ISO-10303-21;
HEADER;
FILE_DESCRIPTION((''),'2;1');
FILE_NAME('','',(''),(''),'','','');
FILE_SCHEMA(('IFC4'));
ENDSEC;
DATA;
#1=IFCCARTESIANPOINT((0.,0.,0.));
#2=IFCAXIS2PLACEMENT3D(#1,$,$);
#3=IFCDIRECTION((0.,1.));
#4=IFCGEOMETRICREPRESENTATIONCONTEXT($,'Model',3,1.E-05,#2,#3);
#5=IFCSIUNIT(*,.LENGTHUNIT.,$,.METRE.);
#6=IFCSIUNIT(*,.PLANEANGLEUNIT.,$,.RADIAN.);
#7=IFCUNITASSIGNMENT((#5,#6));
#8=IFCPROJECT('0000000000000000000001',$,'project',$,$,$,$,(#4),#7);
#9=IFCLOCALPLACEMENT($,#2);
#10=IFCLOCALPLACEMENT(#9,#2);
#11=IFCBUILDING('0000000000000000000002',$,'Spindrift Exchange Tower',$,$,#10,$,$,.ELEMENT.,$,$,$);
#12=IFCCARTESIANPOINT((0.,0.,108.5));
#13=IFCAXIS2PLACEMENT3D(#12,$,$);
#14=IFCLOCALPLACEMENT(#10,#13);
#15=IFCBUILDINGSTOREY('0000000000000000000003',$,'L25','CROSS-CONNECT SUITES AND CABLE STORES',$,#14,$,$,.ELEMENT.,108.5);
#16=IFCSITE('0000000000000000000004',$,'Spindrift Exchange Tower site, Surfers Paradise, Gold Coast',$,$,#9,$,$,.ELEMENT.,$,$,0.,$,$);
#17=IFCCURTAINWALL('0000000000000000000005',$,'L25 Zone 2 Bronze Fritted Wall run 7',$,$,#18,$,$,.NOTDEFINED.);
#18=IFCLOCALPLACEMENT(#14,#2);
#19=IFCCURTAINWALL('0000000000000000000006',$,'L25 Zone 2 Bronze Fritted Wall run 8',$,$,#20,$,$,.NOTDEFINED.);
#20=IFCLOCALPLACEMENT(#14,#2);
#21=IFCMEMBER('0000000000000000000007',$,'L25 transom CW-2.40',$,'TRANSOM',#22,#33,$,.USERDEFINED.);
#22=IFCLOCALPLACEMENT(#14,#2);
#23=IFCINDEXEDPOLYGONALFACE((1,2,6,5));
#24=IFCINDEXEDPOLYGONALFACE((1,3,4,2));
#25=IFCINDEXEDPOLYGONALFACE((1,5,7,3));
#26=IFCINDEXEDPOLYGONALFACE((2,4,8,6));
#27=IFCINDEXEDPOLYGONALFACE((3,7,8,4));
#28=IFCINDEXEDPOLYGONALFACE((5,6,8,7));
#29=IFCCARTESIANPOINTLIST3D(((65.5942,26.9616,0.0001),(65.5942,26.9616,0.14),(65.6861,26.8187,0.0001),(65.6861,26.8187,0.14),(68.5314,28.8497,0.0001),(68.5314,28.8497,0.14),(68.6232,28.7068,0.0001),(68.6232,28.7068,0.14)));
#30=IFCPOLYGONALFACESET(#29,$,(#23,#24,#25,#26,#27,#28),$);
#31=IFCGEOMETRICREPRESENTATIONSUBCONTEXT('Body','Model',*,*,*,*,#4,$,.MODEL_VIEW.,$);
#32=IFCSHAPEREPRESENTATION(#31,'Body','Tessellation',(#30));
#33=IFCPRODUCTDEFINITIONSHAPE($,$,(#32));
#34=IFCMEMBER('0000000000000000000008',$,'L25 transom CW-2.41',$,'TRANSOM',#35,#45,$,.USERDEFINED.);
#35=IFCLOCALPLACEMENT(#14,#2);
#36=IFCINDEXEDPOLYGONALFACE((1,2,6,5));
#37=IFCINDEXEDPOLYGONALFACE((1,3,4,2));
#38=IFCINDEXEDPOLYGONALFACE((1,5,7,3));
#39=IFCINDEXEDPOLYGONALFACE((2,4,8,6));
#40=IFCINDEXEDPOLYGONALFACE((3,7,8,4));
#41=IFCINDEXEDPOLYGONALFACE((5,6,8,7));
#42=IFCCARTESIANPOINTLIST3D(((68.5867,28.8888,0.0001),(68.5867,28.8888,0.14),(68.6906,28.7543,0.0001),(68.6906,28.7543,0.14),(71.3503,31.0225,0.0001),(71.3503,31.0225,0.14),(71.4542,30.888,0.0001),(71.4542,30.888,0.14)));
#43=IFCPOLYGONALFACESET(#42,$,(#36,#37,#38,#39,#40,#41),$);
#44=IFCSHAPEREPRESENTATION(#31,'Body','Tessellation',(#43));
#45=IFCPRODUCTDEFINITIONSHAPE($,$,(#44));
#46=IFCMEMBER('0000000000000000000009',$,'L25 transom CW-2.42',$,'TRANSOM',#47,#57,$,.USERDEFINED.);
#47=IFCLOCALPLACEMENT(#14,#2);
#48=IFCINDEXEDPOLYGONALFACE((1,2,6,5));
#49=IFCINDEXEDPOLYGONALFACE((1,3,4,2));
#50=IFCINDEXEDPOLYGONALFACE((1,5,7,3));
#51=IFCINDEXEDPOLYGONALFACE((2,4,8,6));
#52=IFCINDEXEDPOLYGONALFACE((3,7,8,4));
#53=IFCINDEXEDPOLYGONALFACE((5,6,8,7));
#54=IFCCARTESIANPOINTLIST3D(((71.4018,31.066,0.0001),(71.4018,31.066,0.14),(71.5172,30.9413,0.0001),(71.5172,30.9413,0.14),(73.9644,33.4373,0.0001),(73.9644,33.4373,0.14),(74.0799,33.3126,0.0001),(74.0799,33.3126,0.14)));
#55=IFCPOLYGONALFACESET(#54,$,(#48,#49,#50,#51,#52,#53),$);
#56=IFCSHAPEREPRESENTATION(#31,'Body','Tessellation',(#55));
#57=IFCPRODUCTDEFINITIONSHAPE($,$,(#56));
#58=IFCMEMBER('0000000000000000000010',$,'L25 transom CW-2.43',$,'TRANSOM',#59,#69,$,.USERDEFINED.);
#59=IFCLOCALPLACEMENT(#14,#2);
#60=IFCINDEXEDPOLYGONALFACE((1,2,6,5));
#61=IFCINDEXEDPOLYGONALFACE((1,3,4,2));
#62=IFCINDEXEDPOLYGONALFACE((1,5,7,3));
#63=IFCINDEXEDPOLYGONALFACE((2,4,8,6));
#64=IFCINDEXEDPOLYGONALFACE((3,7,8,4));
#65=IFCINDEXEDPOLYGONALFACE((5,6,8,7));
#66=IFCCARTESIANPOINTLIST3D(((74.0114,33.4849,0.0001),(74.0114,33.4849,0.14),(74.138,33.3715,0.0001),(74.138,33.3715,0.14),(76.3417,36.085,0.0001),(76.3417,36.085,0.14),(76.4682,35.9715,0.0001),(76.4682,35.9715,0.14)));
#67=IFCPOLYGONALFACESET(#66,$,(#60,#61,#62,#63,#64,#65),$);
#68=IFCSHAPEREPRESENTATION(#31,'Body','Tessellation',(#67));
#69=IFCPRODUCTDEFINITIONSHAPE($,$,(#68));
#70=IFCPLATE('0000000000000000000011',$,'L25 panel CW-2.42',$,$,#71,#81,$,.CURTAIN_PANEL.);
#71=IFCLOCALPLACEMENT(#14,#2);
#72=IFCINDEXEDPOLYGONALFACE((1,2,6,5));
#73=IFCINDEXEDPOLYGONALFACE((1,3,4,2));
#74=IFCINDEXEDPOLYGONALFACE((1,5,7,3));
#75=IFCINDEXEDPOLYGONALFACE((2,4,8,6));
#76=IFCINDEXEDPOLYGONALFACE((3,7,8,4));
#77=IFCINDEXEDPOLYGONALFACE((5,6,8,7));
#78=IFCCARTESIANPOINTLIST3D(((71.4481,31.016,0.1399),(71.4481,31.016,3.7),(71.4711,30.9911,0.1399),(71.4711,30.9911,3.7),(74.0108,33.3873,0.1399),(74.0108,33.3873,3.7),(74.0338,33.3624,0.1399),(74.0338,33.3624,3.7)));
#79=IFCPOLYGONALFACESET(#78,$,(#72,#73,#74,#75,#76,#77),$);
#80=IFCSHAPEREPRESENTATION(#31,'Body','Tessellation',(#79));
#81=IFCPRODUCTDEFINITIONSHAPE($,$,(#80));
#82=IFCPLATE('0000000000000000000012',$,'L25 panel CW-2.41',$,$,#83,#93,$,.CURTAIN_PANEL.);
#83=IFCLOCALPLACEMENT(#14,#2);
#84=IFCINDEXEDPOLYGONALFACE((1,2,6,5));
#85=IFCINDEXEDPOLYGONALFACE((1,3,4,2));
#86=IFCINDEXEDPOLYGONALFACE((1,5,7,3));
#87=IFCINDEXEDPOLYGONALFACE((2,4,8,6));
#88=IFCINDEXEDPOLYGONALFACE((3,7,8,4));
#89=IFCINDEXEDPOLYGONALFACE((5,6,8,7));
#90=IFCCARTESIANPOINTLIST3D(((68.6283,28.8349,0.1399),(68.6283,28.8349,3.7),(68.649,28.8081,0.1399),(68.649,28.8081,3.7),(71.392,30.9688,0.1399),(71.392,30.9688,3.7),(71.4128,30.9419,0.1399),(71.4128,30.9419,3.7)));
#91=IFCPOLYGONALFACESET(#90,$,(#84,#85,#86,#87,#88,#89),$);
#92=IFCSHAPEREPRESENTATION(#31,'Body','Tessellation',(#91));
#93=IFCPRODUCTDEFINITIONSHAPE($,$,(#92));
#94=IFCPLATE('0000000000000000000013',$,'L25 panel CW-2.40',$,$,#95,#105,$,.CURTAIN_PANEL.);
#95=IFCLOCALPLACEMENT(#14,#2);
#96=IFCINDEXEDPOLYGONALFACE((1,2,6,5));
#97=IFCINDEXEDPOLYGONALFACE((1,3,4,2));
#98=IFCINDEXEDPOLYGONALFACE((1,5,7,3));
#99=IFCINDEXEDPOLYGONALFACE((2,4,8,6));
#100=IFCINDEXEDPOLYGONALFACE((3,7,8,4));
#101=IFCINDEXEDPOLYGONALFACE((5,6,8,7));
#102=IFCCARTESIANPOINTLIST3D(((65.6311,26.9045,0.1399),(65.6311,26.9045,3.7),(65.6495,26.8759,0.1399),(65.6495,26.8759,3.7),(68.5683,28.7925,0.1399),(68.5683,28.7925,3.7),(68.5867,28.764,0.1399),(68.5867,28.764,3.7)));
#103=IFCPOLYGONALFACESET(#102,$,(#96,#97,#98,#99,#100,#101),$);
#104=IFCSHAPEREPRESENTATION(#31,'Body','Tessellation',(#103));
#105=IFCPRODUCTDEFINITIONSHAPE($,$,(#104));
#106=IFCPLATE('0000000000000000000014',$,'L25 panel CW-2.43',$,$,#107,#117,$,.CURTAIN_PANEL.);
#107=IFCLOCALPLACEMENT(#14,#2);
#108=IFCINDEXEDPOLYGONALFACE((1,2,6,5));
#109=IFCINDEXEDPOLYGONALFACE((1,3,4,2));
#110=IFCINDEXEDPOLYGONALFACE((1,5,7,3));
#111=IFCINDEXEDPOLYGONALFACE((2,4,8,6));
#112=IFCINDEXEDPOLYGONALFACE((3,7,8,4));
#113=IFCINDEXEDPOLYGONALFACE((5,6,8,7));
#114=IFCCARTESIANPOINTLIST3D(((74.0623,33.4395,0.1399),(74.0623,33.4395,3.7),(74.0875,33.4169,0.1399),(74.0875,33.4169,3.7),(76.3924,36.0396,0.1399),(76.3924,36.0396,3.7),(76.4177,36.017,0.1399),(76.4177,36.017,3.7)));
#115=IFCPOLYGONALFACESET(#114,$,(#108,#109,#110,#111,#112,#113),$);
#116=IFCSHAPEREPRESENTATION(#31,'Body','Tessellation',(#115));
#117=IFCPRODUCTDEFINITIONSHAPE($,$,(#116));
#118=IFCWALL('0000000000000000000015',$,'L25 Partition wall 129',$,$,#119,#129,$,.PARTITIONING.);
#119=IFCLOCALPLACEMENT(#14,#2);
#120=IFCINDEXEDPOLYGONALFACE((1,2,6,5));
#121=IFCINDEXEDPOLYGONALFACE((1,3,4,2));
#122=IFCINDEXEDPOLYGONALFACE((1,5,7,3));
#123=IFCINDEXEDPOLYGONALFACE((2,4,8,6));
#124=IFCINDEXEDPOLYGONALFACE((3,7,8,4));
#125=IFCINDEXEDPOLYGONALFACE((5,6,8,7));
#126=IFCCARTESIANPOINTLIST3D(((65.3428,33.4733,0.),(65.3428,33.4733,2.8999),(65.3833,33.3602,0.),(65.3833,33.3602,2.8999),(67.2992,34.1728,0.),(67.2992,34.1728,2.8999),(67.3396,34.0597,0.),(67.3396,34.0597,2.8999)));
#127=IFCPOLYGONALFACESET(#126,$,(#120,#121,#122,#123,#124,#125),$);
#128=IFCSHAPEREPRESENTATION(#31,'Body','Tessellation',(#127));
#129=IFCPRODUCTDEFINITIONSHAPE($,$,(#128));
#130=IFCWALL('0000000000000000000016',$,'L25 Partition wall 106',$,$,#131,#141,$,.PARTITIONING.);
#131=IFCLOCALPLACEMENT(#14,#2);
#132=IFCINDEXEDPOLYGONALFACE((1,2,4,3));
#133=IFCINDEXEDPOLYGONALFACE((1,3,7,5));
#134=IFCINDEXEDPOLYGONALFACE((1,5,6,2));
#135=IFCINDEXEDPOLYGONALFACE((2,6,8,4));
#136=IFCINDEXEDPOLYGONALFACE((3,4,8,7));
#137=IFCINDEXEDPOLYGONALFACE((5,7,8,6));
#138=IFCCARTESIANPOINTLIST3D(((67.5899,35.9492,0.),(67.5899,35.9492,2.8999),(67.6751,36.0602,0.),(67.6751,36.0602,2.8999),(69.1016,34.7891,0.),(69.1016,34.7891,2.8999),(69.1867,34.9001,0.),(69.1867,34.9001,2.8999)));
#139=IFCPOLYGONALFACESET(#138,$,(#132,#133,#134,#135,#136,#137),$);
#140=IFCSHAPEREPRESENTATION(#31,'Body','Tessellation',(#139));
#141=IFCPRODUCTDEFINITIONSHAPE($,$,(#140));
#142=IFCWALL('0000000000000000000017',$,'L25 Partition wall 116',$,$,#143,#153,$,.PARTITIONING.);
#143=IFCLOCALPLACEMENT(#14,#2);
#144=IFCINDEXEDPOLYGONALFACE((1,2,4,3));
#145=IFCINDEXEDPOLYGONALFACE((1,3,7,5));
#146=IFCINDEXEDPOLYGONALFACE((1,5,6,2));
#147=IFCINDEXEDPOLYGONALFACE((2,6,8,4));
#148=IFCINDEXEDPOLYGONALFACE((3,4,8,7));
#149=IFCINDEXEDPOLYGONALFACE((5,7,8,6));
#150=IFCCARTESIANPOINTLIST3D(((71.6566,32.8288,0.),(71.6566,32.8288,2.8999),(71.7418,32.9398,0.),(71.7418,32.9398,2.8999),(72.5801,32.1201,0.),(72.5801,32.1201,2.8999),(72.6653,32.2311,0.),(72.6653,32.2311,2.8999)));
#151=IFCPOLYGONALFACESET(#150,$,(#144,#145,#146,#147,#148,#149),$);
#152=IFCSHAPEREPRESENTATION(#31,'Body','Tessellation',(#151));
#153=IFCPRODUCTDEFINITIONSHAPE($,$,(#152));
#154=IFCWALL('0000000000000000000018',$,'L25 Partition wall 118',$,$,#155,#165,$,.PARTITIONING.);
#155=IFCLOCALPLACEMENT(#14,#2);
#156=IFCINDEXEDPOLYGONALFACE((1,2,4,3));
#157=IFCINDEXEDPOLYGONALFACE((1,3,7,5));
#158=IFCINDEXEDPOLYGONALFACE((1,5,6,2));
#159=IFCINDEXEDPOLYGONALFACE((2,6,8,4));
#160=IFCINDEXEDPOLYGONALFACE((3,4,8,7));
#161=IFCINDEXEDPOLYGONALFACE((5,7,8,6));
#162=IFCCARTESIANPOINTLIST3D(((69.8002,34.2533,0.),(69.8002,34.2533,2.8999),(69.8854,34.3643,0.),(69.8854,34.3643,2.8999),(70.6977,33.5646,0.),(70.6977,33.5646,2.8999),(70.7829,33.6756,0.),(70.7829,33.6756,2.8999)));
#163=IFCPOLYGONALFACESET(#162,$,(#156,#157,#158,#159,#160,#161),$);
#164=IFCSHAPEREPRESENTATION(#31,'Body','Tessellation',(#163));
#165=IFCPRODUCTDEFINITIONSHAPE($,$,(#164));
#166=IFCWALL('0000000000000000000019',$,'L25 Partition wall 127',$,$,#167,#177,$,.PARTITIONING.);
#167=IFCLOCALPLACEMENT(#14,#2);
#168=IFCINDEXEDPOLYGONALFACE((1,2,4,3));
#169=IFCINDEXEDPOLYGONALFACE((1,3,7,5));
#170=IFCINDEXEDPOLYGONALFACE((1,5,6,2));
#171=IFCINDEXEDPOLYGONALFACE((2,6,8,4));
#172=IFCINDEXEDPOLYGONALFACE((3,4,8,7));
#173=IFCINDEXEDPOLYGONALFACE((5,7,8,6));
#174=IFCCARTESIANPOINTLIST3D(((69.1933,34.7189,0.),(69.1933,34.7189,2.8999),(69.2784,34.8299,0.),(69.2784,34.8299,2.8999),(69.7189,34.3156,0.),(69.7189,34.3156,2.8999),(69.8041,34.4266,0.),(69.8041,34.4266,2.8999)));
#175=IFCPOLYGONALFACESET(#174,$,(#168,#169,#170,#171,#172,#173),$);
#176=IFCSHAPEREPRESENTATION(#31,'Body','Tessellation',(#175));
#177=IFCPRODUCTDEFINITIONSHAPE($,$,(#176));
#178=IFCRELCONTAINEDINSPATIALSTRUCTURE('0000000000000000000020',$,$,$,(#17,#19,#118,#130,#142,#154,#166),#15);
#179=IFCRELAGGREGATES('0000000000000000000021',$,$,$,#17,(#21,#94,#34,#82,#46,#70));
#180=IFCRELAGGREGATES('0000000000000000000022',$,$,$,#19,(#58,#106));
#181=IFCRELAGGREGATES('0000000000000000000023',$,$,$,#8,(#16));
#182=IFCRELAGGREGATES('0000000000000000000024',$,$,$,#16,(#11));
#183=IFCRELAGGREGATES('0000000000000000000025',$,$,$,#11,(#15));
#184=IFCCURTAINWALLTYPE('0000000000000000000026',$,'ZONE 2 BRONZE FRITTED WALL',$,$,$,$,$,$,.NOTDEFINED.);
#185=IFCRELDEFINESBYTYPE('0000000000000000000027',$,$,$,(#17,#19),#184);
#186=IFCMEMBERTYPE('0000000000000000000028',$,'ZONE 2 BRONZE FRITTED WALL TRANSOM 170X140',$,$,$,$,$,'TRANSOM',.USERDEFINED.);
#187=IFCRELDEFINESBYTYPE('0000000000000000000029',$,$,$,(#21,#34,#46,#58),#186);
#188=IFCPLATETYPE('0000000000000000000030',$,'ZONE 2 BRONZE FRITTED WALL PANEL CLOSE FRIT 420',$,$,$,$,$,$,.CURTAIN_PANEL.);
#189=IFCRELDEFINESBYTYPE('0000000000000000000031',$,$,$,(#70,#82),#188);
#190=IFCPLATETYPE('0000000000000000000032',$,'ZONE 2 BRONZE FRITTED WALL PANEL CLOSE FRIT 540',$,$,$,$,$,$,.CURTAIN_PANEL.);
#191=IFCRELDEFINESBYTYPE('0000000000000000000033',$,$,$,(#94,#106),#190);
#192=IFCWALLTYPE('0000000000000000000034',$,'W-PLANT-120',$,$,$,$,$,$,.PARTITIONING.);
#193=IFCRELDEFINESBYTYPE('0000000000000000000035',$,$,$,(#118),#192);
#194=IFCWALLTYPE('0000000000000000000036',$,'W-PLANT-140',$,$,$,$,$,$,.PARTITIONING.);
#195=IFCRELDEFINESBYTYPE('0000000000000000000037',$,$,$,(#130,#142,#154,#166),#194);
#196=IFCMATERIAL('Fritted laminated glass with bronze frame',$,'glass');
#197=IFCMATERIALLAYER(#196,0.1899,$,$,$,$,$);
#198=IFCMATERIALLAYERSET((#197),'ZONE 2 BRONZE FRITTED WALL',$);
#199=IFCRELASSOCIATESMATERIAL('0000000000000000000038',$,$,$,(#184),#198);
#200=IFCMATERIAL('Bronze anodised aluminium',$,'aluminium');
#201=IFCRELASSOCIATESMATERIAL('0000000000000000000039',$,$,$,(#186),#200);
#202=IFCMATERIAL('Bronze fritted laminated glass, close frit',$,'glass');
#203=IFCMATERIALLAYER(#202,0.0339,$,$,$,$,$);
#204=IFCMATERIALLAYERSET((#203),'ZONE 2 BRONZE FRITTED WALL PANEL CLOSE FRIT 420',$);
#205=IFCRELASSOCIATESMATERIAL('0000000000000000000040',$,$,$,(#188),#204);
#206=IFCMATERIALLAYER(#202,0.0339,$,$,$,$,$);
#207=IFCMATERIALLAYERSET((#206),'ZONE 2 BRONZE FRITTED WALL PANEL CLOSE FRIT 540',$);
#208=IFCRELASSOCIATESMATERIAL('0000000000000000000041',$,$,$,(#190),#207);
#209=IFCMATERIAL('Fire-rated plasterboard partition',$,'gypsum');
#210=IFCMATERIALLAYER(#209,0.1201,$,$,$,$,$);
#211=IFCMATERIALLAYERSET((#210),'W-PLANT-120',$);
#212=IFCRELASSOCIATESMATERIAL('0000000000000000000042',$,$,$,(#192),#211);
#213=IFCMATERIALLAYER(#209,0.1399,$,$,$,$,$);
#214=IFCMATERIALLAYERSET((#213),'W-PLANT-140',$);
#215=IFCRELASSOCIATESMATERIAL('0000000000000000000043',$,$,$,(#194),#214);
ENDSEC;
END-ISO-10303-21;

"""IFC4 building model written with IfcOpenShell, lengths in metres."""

from ifc_helpers import new_model, si_unit, direction, frame, frame_2d, origin, origin_2d, place, context, subcontext, project, spatial, rectangle, extrude, source, transform, mapped, material, layer, layer_set, material_profile, profile_set, type_object, element, aggregate, save


model = new_model("IFC4")

# Units and contexts
model_context = context("Model", 3, precision=1e-05, world=origin(), true_north=direction((0.0, 1.0)))
body_context = subcontext(model_context, "Body", "Model", "MODEL_VIEW")
ifc_project = project(units=[si_unit("LENGTHUNIT", "METRE"), si_unit("PLANEANGLEUNIT", "RADIAN")], contexts=[model_context])

# Site, building, storey
site_placement = place(None, origin())
site = spatial("IfcSite", under=ifc_project, at=site_placement, Name="Spindrift Exchange Tower site, Surfers Paradise, Gold Coast", CompositionType="ELEMENT", RefElevation=0.0)
building_placement = place(site_placement, origin())
building = spatial("IfcBuilding", under=site, at=building_placement, Name="Spindrift Exchange Tower", CompositionType="ELEMENT")
storey_placement = place(building_placement, frame((0.0, 0.0, 108.5)))
storey = spatial("IfcBuildingStorey", under=building, at=storey_placement, Name="L25", Description="CROSS-CONNECT SUITES AND CABLE STORES", CompositionType="ELEMENT", Elevation=108.5)

# Curtain walls
ifc_material_1 = material(Name="Fritted laminated glass with bronze frame", Category="glass")
ifc_layer_1 = layer(ifc_material_1, 0.1899)
ifc_layer_set_1 = layer_set([ifc_layer_1], Name="ZONE 2 BRONZE FRITTED WALL")
curtain_wall_type = type_object("IfcCurtainWallType", Name="ZONE 2 BRONZE FRITTED WALL", PredefinedType="NOTDEFINED", material=ifc_layer_set_1)
curtain_wall_1_placement = place(storey_placement, origin())
curtain_wall_1 = element("IfcCurtainWall", 1, at=curtain_wall_1_placement, inside=storey, type_object=curtain_wall_type, Name="L25 Zone 2 Bronze Fritted Wall run 7", PredefinedType="NOTDEFINED")
ifc_material_2 = material(Name="Bronze anodised aluminium", Category="aluminium")
curtain_wall_2_placement = place(storey_placement, origin())
curtain_wall_2 = element("IfcCurtainWall", 2, at=curtain_wall_2_placement, inside=storey, type_object=curtain_wall_type, Name="L25 Zone 2 Bronze Fritted Wall run 8", PredefinedType="NOTDEFINED")
ifc_material_profile_1 = material_profile(ifc_material_2, rectangle(XDim=0.1699, YDim=0.1399, at=origin_2d()), Name="ZONE 2 BRONZE FRITTED WALL TRANSOM 170X140")
ifc_profile_set_1 = profile_set([ifc_material_profile_1], Name="Bronze anodised aluminium")
member_type_1 = type_object("IfcMemberType", Name="ZONE 2 BRONZE FRITTED WALL TRANSOM 170X140", ElementType="TRANSOM", PredefinedType="USERDEFINED", material=ifc_profile_set_1)

# Members
shared_shape_1 = source(origin(), body_context, "Body", "SweptSolid", [
    extrude(rectangle(XDim=0.1699, YDim=0.1399, at=origin_2d()), origin(), (0.0, 0.0, 1.0), 3.4917),
])
member_1_placement = place(storey_placement, frame((65.6401, 26.8901, 0.0701), z_axis=(0.841185, 0.540747, 0.0), x_axis=(-0.540747, 0.841185, 0.0)))
member_1 = element("IfcMember", 3, at=member_1_placement, type_object=member_type_1, Name="L25 transom CW-2.40", ObjectType="TRANSOM", PredefinedType="USERDEFINED", context=body_context, shape_type="MappedRepresentation", body=[
    mapped(shared_shape_1, transform((0.0, 0.0, 0.0), scale=1.0)),
])
shared_shape_2 = source(origin(), body_context, "Body", "SweptSolid", [
    extrude(rectangle(XDim=0.1699, YDim=0.1399, at=origin_2d()), origin(), (0.0, 0.0, 1.0), 3.4915),
])
member_2_placement = place(storey_placement, frame((68.6387, 28.8215, 0.0701), z_axis=(0.791531, 0.611129, 0.0), x_axis=(-0.611129, 0.791531, 0.0)))
member_2 = element("IfcMember", 4, at=member_2_placement, type_object=member_type_1, Name="L25 transom CW-2.41", ObjectType="TRANSOM", PredefinedType="USERDEFINED", context=body_context, shape_type="MappedRepresentation", body=[
    mapped(shared_shape_2, transform((0.0, 0.0, 0.0), scale=1.0)),
])
member_3_placement = place(storey_placement, frame((71.4595, 31.0037, 0.0701), z_axis=(0.733985, 0.679165, 0.0), x_axis=(-0.679165, 0.733985, 0.0)))
member_3 = element("IfcMember", 5, at=member_3_placement, type_object=member_type_1, Name="L25 transom CW-2.42", ObjectType="TRANSOM", PredefinedType="USERDEFINED", context=body_context, shape_type="MappedRepresentation", body=[
    mapped(shared_shape_2, transform((0.0, 0.0, 0.0), scale=1.0)),
])
member_4_placement = place(storey_placement, frame((74.0747, 33.4282, 0.0701), z_axis=(0.667418, 0.744683, 0.0), x_axis=(-0.744683, 0.667418, 0.0)))
member_4 = element("IfcMember", 6, at=member_4_placement, type_object=member_type_1, Name="L25 transom CW-2.43", ObjectType="TRANSOM", PredefinedType="USERDEFINED", context=body_context, shape_type="MappedRepresentation", body=[
    mapped(shared_shape_2, transform((0.0, 0.0, 0.0), scale=1.0)),
])

# Plates
ifc_material_3 = material(Name="Bronze fritted laminated glass, close frit", Category="glass")
ifc_layer_2 = layer(ifc_material_3, 0.0339)
ifc_layer_set_2 = layer_set([ifc_layer_2], Name="ZONE 2 BRONZE FRITTED WALL PANEL CLOSE FRIT 420")
plate_type_1 = type_object("IfcPlateType", Name="ZONE 2 BRONZE FRITTED WALL PANEL CLOSE FRIT 420", PredefinedType="CURTAIN_PANEL", material=ifc_layer_set_2)
shared_shape_3 = source(origin(), body_context, "Body", "SweptSolid", [
    extrude(rectangle(XDim=3.4915, YDim=0.0339, at=origin_2d()), origin(), (0.0, 0.0, 1.0), 3.5601),
])
plate_1_placement = place(storey_placement, frame((72.741, 32.1892, 0.1399), z_axis=(0.0, 0.0, 1.0), x_axis=(0.733997, 0.679153, 0.0)))
plate_1 = element("IfcPlate", 7, at=plate_1_placement, type_object=plate_type_1, Name="L25 panel CW-2.42", PredefinedType="CURTAIN_PANEL", context=body_context, shape_type="MappedRepresentation", body=[
    mapped(shared_shape_3, transform((0.0, 0.0, 0.0), scale=1.0)),
])
shared_shape_4 = source(origin(), body_context, "Body", "SweptSolid", [
    extrude(rectangle(XDim=3.4917, YDim=0.0339, at=origin_2d()), origin(), (0.0, 0.0, 1.0), 3.5601),
])
plate_2_placement = place(storey_placement, frame((70.0205, 29.8884, 0.1399), z_axis=(0.0, 0.0, 1.0), x_axis=(0.791528, 0.611133, 0.0)))
plate_2 = element("IfcPlate", 8, at=plate_2_placement, type_object=plate_type_1, Name="L25 panel CW-2.41", PredefinedType="CURTAIN_PANEL", context=body_context, shape_type="MappedRepresentation", body=[
    mapped(shared_shape_4, transform((0.0, 0.0, 0.0), scale=1.0)),
])
ifc_layer_3 = layer(ifc_material_3, 0.0339)
ifc_layer_set_3 = layer_set([ifc_layer_3], Name="ZONE 2 BRONZE FRITTED WALL PANEL CLOSE FRIT 540")
plate_type_2 = type_object("IfcPlateType", Name="ZONE 2 BRONZE FRITTED WALL PANEL CLOSE FRIT 540", PredefinedType="CURTAIN_PANEL", material=ifc_layer_set_3)
shared_shape_5 = source(origin(), body_context, "Body", "SweptSolid", [
    extrude(rectangle(XDim=3.4917, YDim=0.0339, at=origin_2d()), origin(), (0.0, 0.0, 1.0), 3.5601),
])
plate_3_placement = place(storey_placement, frame((67.1089, 27.8342, 0.1399), z_axis=(0.0, 0.0, 1.0), x_axis=(0.841199, 0.540725, 0.0)))
plate_3 = element("IfcPlate", 9, at=plate_3_placement, type_object=plate_type_2, Name="L25 panel CW-2.40", PredefinedType="CURTAIN_PANEL", context=body_context, shape_type="MappedRepresentation", body=[
    mapped(shared_shape_5, transform((0.0, 0.0, 0.0), scale=1.0)),
])
aggregate(curtain_wall_1, [member_1, plate_3, member_2, plate_2, member_3, plate_1])
shared_shape_6 = source(origin(), body_context, "Body", "SweptSolid", [
    extrude(rectangle(XDim=3.4915, YDim=0.0339, at=origin_2d()), origin(), (0.0, 0.0, 1.0), 3.5601),
])
plate_4_placement = place(storey_placement, frame((75.24, 34.7283, 0.1399), z_axis=(0.0, 0.0, 1.0), x_axis=(0.667397, 0.744702, 0.0)))
plate_4 = element("IfcPlate", 10, at=plate_4_placement, type_object=plate_type_2, Name="L25 panel CW-2.43", PredefinedType="CURTAIN_PANEL", context=body_context, shape_type="MappedRepresentation", body=[
    mapped(shared_shape_6, transform((0.0, 0.0, 0.0), scale=1.0)),
])
aggregate(curtain_wall_2, [member_4, plate_4])

# Walls
ifc_material_4 = material(Name="Fire-rated plasterboard partition", Category="gypsum")
ifc_layer_4 = layer(ifc_material_4, 0.1201)
ifc_layer_set_4 = layer_set([ifc_layer_4], Name="W-PLANT-120")
wall_type_1 = type_object("IfcWallType", Name="W-PLANT-120", PredefinedType="PARTITIONING", material=ifc_layer_set_4)
wall_1_placement = place(storey_placement, frame((65.363, 33.4167, 0.0), z_axis=(0.0, 0.0, 1.0), x_axis=(0.941622, 0.336671, 0.0)))
element("IfcWall", 11, at=wall_1_placement, inside=storey, type_object=wall_type_1, Name="L25 Partition wall 129", PredefinedType="PARTITIONING", context=body_context, shape_type="SweptSolid", body=[
    extrude(rectangle(XDim=2.0776, YDim=0.1201, at=frame_2d((1.0388, 0.0))), origin(), (0.0, 0.0, 1.0), 2.8999),
])
ifc_layer_5 = layer(ifc_material_4, 0.1399)
ifc_layer_set_5 = layer_set([ifc_layer_5], Name="W-PLANT-140")
wall_type_2 = type_object("IfcWallType", Name="W-PLANT-140", PredefinedType="PARTITIONING", material=ifc_layer_set_5)
wall_2_placement = place(storey_placement, frame((67.6326, 36.0046, 0.0), z_axis=(0.0, 0.0, 1.0), x_axis=(0.793309, -0.608819, 0.0)))
element("IfcWall", 12, at=wall_2_placement, inside=storey, type_object=wall_type_2, Name="L25 Partition wall 106", PredefinedType="PARTITIONING", context=body_context, shape_type="SweptSolid", body=[
    extrude(rectangle(XDim=1.9055, YDim=0.1399, at=frame_2d((0.9526, 0.0))), origin(), (0.0, 0.0, 1.0), 2.8999),
])
wall_3_placement = place(storey_placement, frame((71.6992, 32.8843, 0.0), z_axis=(0.0, 0.0, 1.0), x_axis=(0.793333, -0.608788, 0.0)))
element("IfcWall", 13, at=wall_3_placement, inside=storey, type_object=wall_type_2, Name="L25 Partition wall 116", PredefinedType="PARTITIONING", context=body_context, shape_type="SweptSolid", body=[
    extrude(rectangle(XDim=1.1641, YDim=0.1399, at=frame_2d((0.582, 0.0))), origin(), (0.0, 0.0, 1.0), 2.8999),
])
wall_4_placement = place(storey_placement, frame((69.8428, 34.3088, 0.0), z_axis=(0.0, 0.0, 1.0), x_axis=(0.793321, -0.608803, 0.0)))
element("IfcWall", 14, at=wall_4_placement, inside=storey, type_object=wall_type_2, Name="L25 Partition wall 118", PredefinedType="PARTITIONING", context=body_context, shape_type="SweptSolid", body=[
    extrude(rectangle(XDim=1.1313, YDim=0.1399, at=frame_2d((0.5657, 0.0))), origin(), (0.0, 0.0, 1.0), 2.8999),
])
wall_5_placement = place(storey_placement, frame((69.2358, 34.7744, 0.0), z_axis=(0.0, 0.0, 1.0), x_axis=(0.793363, -0.608749, 0.0)))
element("IfcWall", 15, at=wall_5_placement, inside=storey, type_object=wall_type_2, Name="L25 Partition wall 127", PredefinedType="PARTITIONING", context=body_context, shape_type="SweptSolid", body=[
    extrude(rectangle(XDim=0.6626, YDim=0.1399, at=frame_2d((0.3313, 0.0))), origin(), (0.0, 0.0, 1.0), 2.8999),
])

save(model, "model.ifc")
